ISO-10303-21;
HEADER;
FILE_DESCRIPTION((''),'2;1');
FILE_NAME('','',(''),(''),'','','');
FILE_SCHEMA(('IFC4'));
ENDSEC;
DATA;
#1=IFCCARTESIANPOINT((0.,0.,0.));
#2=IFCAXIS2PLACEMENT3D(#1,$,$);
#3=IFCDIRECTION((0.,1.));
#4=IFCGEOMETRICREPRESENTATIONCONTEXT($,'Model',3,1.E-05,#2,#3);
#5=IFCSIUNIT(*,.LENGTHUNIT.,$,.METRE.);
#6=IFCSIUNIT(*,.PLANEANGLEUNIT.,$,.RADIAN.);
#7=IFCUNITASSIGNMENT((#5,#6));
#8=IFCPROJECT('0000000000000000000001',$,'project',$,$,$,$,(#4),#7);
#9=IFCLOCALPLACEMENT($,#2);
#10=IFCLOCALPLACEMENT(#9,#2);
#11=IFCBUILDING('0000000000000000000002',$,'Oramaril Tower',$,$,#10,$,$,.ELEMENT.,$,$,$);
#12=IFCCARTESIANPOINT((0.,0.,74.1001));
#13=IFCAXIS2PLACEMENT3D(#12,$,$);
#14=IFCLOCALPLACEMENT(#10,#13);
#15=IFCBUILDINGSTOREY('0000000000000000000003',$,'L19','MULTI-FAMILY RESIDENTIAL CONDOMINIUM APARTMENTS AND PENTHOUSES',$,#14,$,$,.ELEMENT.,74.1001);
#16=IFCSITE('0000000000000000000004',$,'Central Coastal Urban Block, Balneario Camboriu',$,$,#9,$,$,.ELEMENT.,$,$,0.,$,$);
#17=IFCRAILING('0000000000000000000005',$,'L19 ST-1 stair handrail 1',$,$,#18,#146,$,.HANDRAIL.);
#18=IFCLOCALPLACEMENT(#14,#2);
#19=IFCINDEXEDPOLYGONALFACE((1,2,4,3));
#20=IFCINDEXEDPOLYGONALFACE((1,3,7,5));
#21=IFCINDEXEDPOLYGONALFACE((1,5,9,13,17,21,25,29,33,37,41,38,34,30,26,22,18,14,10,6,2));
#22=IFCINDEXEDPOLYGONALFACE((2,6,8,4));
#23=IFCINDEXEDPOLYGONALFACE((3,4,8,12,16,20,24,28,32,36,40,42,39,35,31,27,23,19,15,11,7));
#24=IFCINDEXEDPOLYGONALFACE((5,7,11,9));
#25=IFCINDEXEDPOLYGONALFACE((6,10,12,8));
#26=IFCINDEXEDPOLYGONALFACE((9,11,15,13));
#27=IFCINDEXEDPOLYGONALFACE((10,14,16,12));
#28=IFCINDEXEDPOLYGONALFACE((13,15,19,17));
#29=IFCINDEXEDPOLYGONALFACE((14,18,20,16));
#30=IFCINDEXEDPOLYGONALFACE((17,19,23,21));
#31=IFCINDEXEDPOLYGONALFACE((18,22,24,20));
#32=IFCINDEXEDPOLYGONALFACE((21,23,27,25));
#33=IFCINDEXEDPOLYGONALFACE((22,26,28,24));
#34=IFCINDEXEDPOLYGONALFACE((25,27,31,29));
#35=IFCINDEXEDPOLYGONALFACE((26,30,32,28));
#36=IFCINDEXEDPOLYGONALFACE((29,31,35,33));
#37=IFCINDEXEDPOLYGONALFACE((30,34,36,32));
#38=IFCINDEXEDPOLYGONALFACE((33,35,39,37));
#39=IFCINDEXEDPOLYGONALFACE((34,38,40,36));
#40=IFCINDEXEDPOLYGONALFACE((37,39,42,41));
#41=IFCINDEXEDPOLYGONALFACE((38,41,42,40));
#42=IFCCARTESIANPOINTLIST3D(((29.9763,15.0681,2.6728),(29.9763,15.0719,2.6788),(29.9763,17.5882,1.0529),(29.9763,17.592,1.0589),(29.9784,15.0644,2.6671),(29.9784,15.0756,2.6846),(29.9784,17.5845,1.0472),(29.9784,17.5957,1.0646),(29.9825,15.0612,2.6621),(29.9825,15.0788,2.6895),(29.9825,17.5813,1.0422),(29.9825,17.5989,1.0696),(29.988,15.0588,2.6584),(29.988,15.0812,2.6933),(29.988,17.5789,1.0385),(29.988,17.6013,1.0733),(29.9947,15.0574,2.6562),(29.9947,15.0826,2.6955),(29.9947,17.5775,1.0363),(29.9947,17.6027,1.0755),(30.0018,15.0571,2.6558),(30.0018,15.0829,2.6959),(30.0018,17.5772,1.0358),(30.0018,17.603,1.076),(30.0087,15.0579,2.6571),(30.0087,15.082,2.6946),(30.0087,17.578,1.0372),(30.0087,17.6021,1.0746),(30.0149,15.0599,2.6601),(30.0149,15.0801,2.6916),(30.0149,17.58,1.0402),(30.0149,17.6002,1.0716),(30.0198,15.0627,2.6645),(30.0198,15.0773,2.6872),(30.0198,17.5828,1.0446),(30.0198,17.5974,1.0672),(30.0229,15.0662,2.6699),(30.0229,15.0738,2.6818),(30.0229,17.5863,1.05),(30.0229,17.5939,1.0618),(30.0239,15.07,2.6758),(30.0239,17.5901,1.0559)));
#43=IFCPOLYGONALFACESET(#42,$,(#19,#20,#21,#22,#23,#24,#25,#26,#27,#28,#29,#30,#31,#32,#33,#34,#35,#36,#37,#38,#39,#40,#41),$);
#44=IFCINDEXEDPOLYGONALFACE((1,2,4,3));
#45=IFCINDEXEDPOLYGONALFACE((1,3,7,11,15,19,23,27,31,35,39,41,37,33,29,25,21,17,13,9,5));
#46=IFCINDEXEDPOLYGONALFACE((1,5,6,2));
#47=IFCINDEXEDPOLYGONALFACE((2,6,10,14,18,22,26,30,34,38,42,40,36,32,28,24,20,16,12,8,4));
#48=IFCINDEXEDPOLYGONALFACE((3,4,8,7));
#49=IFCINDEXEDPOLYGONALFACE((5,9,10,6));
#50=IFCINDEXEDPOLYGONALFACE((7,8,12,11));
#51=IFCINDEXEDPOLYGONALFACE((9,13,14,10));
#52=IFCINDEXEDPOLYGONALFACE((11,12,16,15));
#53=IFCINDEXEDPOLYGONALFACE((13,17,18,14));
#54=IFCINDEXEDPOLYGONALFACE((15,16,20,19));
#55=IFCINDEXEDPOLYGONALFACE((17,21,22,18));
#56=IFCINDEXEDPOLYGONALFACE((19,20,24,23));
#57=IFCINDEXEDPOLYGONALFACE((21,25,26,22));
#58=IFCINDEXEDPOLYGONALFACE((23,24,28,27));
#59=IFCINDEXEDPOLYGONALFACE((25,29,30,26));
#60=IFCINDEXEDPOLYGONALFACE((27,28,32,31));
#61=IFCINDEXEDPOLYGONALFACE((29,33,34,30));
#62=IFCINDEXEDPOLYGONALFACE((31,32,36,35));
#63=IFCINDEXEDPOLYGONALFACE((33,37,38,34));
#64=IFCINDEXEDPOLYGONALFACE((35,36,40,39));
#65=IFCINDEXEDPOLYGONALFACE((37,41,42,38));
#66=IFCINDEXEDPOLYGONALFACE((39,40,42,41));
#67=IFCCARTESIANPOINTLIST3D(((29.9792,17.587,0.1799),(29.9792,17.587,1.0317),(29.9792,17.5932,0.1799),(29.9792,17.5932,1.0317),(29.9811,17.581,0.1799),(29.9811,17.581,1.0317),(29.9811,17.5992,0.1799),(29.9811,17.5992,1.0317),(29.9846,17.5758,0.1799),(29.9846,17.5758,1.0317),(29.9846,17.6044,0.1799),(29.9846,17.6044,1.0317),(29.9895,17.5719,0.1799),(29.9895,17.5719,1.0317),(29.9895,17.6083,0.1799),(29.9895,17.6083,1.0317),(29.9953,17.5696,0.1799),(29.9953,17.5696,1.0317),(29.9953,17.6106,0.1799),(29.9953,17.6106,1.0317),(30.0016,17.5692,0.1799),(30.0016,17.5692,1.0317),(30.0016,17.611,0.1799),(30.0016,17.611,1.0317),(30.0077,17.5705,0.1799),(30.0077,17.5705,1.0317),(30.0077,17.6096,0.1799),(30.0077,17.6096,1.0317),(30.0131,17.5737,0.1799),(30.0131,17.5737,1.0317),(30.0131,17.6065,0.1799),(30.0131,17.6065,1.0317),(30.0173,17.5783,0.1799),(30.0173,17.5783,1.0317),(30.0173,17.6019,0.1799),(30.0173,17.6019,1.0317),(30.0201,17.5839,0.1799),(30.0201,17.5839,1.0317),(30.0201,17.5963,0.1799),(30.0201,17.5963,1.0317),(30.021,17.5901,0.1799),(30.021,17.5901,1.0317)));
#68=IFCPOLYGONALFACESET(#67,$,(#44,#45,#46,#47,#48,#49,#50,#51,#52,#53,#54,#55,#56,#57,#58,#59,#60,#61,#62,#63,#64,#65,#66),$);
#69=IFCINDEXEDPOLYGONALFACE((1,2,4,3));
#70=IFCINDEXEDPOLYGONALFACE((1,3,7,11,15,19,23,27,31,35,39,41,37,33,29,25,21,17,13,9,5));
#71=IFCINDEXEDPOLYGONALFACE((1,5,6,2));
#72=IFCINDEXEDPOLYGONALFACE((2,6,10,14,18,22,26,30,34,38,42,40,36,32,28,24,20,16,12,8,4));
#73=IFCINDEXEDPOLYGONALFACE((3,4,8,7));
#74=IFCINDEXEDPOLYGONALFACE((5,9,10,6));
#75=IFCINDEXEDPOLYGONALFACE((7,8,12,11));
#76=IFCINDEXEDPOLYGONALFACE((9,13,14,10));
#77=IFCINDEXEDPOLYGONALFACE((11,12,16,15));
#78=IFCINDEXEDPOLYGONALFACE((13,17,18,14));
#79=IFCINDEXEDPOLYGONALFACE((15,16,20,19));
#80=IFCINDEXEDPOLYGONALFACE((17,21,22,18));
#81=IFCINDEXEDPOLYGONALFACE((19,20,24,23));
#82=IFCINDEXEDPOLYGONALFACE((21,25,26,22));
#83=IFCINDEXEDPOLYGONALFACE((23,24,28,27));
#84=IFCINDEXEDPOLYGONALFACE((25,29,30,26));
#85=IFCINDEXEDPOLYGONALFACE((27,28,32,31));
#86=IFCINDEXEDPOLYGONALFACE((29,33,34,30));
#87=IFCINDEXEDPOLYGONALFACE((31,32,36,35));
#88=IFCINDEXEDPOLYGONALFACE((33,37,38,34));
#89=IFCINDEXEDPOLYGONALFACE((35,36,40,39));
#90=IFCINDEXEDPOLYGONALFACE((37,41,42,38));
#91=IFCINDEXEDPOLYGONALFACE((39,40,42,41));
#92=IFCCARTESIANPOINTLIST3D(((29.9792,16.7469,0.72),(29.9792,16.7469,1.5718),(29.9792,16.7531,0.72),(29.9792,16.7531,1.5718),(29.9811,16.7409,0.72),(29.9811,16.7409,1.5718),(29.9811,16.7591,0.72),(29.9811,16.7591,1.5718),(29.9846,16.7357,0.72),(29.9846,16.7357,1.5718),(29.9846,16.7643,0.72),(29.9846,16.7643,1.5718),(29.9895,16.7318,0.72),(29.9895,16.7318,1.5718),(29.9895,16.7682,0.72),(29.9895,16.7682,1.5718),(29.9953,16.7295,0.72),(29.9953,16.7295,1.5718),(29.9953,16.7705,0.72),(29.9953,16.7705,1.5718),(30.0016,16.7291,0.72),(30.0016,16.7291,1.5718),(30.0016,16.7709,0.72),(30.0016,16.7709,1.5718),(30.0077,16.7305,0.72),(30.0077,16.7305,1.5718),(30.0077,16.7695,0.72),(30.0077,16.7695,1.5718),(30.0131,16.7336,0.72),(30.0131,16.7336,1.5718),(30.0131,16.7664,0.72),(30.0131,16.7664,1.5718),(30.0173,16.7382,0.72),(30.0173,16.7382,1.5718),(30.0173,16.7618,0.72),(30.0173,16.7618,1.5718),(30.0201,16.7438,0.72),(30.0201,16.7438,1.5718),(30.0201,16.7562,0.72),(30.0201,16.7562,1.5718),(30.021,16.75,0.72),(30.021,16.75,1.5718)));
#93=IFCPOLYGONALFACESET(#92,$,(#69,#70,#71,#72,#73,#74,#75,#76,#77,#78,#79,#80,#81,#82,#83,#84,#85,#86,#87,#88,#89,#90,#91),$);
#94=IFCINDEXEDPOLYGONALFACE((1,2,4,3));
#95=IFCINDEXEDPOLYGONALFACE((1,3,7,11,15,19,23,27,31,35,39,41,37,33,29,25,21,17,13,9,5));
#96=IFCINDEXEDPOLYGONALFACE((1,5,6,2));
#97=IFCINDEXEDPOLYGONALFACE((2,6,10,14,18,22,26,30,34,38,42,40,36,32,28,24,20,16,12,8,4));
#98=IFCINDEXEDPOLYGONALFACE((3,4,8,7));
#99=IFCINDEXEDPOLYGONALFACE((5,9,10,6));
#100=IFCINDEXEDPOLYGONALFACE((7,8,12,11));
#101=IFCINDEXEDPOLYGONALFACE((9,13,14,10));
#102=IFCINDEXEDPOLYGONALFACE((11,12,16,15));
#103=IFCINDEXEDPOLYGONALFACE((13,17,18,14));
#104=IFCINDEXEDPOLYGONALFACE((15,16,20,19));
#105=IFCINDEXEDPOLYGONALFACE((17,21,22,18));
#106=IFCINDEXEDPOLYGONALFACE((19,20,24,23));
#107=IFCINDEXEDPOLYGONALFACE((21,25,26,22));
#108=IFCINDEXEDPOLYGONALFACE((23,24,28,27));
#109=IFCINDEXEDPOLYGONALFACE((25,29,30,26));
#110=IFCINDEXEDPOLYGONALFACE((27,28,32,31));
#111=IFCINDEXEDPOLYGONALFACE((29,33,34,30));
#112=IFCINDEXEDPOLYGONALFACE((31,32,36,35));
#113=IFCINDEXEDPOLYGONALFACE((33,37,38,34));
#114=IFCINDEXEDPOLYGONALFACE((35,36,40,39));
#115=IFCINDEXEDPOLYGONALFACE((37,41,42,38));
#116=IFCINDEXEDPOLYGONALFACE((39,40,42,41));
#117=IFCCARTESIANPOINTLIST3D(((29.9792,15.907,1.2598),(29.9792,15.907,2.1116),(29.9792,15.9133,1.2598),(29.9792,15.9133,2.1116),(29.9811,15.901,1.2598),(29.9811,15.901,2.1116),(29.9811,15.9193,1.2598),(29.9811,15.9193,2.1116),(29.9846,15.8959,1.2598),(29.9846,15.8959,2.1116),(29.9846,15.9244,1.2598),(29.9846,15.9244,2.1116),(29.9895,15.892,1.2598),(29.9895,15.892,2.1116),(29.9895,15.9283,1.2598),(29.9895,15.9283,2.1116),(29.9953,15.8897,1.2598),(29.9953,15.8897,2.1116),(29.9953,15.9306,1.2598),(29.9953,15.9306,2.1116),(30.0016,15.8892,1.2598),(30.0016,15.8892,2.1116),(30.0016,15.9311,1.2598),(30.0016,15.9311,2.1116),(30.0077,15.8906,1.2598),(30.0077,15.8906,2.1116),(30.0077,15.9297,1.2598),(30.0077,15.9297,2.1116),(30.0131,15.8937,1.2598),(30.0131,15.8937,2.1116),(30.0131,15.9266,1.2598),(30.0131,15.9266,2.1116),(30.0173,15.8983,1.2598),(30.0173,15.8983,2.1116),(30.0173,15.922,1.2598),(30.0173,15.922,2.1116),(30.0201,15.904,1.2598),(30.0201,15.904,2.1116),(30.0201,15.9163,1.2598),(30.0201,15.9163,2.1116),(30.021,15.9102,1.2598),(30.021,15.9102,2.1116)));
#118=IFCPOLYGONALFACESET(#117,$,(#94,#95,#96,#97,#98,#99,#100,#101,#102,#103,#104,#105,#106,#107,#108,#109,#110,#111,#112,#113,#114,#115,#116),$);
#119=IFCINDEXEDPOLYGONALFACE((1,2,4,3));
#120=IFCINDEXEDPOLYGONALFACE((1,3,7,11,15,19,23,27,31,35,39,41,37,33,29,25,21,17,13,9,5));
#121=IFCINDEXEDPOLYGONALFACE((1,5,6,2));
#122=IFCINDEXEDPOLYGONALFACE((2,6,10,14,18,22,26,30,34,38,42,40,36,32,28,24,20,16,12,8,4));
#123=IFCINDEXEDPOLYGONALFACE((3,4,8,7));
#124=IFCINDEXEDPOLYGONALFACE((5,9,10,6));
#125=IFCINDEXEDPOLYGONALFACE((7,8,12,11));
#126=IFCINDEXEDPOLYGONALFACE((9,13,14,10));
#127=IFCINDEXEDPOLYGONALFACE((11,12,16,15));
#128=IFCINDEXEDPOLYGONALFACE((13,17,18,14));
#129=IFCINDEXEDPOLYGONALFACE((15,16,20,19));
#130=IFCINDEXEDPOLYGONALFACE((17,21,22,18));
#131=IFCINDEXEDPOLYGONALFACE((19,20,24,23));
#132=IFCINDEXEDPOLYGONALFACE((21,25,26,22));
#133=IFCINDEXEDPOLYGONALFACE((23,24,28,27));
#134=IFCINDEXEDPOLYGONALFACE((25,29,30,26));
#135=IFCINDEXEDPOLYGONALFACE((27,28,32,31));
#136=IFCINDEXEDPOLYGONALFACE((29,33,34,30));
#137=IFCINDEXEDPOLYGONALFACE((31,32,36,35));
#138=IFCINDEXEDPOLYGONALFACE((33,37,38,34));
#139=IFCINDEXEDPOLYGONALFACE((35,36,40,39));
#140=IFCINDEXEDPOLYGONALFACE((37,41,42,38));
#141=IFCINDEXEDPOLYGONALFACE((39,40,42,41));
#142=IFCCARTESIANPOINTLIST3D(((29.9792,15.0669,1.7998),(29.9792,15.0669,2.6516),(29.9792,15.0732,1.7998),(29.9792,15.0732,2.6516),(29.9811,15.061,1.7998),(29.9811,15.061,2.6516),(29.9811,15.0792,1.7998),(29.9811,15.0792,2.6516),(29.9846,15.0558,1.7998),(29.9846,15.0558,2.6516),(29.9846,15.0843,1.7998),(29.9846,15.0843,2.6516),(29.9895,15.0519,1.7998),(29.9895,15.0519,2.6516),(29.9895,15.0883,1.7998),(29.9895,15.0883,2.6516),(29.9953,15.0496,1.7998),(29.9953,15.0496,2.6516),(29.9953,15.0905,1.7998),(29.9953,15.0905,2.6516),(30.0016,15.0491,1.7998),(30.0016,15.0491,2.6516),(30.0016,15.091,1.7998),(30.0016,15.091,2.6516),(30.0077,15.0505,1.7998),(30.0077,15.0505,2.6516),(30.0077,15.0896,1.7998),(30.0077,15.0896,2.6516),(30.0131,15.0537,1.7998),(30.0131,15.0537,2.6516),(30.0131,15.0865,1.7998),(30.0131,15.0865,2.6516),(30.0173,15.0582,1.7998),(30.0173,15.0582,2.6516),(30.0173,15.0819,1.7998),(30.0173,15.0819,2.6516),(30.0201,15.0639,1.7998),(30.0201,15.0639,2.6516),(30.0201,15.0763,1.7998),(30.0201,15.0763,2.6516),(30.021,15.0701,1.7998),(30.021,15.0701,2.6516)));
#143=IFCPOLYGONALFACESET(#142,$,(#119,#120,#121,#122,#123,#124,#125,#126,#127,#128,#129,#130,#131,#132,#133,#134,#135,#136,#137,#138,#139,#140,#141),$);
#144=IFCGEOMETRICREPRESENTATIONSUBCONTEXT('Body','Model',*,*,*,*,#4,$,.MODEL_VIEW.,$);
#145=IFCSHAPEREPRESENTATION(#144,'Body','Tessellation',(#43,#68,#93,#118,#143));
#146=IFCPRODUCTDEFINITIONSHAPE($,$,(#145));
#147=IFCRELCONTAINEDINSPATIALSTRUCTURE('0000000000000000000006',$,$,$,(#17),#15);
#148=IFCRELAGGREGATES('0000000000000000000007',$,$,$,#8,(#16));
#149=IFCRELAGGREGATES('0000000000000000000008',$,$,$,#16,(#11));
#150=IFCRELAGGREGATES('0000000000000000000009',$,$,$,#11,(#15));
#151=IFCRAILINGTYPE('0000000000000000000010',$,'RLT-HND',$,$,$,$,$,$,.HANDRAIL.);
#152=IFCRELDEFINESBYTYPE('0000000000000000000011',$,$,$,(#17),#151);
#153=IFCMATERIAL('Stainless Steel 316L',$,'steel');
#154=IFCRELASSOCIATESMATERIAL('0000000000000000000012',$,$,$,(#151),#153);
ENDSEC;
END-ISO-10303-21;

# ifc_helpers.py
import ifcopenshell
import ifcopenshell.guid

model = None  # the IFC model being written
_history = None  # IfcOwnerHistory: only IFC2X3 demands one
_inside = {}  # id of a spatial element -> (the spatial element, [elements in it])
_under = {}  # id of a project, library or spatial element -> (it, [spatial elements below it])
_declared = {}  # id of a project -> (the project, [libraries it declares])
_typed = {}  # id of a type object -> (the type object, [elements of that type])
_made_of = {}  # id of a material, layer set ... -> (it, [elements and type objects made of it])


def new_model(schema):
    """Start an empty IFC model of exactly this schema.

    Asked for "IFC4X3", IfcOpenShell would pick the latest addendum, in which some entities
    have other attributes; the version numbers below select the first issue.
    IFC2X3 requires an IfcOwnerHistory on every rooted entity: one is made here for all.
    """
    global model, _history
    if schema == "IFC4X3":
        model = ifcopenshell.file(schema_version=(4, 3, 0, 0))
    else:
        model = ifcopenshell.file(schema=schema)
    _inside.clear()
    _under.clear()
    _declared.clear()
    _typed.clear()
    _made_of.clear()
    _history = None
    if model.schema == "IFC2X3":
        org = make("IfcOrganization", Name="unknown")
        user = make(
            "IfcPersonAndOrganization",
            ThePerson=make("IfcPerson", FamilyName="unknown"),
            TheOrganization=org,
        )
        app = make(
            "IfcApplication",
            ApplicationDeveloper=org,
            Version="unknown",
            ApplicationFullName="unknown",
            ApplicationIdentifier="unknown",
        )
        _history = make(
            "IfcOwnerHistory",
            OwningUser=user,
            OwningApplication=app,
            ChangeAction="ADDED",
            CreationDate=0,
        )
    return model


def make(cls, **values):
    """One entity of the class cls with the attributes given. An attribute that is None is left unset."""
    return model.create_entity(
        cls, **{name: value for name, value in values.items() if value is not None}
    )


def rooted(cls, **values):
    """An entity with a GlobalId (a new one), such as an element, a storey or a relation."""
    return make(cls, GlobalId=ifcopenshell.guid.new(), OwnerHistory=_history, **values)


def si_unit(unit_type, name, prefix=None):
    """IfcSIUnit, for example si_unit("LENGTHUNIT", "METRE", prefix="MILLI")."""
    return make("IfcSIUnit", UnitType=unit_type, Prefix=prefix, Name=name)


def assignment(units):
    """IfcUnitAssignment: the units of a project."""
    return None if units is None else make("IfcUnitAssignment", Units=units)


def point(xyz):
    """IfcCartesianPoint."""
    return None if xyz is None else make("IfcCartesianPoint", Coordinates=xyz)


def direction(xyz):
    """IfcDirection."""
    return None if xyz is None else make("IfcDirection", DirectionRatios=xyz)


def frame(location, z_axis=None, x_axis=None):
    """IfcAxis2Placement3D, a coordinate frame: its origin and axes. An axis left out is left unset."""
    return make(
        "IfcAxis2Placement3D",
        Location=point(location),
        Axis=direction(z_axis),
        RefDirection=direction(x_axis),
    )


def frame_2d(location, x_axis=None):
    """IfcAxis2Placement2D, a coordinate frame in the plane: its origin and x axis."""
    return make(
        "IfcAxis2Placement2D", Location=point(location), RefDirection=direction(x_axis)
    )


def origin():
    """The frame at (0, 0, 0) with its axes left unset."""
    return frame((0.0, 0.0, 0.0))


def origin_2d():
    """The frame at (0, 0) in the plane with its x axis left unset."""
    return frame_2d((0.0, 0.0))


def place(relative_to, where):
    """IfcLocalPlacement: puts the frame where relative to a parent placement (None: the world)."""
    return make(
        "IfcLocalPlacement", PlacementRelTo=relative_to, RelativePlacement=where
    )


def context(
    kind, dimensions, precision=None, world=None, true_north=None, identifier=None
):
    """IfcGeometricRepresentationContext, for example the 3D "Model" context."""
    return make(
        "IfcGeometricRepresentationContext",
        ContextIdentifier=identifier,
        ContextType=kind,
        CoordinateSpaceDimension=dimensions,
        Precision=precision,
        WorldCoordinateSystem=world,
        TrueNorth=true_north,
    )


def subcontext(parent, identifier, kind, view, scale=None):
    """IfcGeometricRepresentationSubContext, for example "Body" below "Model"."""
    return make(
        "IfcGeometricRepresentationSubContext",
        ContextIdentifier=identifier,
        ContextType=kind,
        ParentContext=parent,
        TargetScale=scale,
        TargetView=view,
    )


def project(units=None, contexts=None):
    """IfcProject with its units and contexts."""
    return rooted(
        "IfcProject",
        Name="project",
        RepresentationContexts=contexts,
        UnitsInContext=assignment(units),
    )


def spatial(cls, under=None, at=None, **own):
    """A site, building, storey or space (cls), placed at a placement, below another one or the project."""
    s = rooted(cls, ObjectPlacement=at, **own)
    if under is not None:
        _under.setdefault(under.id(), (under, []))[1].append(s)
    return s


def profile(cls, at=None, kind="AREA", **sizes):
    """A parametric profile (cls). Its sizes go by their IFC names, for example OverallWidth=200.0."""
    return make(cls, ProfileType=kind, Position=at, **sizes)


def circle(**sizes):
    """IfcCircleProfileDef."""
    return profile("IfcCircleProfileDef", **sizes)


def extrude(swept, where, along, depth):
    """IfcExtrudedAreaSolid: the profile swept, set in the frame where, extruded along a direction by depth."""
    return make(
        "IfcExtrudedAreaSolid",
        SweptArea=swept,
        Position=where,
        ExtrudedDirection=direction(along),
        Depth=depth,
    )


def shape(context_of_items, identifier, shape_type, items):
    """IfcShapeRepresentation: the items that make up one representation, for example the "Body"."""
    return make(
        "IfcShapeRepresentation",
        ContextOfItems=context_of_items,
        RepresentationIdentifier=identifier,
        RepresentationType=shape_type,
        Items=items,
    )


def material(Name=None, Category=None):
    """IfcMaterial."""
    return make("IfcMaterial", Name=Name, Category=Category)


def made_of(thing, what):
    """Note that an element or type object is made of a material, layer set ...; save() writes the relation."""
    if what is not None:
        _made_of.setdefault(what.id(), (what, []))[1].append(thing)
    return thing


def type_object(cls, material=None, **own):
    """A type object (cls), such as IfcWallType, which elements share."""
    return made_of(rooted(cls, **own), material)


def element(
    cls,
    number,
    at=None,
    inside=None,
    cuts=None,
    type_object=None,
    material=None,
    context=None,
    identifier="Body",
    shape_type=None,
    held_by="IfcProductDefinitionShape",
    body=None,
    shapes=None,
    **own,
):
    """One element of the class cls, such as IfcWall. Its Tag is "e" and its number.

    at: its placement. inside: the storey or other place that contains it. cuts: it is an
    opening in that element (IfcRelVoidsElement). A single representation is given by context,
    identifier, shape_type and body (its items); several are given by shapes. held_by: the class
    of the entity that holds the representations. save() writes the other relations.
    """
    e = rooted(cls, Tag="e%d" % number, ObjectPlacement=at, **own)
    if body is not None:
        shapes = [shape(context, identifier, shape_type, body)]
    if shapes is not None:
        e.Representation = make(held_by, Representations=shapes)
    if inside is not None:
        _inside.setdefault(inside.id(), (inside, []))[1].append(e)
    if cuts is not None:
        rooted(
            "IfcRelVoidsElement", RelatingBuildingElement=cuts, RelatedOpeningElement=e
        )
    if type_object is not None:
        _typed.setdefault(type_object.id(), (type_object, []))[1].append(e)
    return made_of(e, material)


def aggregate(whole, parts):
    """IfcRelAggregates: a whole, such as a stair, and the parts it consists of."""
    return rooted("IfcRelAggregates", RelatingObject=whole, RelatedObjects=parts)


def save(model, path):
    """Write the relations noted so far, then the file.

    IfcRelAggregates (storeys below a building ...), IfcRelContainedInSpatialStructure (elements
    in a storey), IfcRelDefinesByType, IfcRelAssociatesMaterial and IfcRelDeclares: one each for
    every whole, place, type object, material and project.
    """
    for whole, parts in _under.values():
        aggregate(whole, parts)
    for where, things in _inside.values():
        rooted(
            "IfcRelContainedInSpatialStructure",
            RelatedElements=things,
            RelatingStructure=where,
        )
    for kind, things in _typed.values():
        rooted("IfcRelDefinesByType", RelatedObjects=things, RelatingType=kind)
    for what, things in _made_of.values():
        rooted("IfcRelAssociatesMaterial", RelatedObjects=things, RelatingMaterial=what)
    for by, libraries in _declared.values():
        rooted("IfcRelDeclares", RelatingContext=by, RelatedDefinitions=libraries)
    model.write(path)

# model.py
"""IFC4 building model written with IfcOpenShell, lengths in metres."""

from ifc_helpers import new_model, si_unit, direction, frame, origin, origin_2d, place, context, subcontext, project, spatial, circle, extrude, material, type_object, element, save


model = new_model("IFC4")

# Units and contexts
model_context = context("Model", 3, precision=1e-05, world=origin(), true_north=direction((0.0, 1.0)))
body_context = subcontext(model_context, "Body", "Model", "MODEL_VIEW")
ifc_project = project(units=[si_unit("LENGTHUNIT", "METRE"), si_unit("PLANEANGLEUNIT", "RADIAN")], contexts=[model_context])

# Site, building, storey
site_placement = place(None, origin())
site = spatial("IfcSite", under=ifc_project, at=site_placement, Name="Central Coastal Urban Block, Balneario Camboriu", CompositionType="ELEMENT", RefElevation=0.0)
building_placement = place(site_placement, origin())
building = spatial("IfcBuilding", under=site, at=building_placement, Name="Oramaril Tower", CompositionType="ELEMENT")
storey_placement = place(building_placement, frame((0.0, 0.0, 74.1001)))
storey = spatial("IfcBuildingStorey", under=building, at=storey_placement, Name="L19", Description="MULTI-FAMILY RESIDENTIAL CONDOMINIUM APARTMENTS AND PENTHOUSES", CompositionType="ELEMENT", Elevation=74.1001)

# Railing
ifc_material_1 = material(Name="Stainless Steel 316L", Category="steel")
railing_type_1 = type_object("IfcRailingType", Name="RLT-HND", PredefinedType="HANDRAIL", material=ifc_material_1)
railing_1_placement = place(storey_placement, frame((30.0, 17.5901, 0.1799)))
element("IfcRailing", 1, at=railing_1_placement, inside=storey, type_object=railing_type_1, Name="L19 ST-1 stair handrail 1", PredefinedType="HANDRAIL", context=body_context, shape_type="SweptSolid", body=[
    extrude(circle(Radius=0.0239, at=origin_2d()), frame((0.0, 0.0, 0.876), z_axis=(0.0, -0.8412, 0.540725), x_axis=(1.0, 0.0, 0.0)), (0.0, 0.0, 1.0), 2.9958),
    extrude(circle(Radius=0.021, at=origin_2d()), origin(), (0.0, 0.0, 1.0), 0.8518),
    extrude(circle(Radius=0.021, at=origin_2d()), frame((0.0, -0.8401, 0.54)), (0.0, 0.0, 1.0), 0.8518),
    extrude(circle(Radius=0.021, at=origin_2d()), frame((0.0, -1.6799, 1.0798)), (0.0, 0.0, 1.0), 0.8518),
    extrude(circle(Radius=0.021, at=origin_2d()), frame((0.0, -2.52, 1.6199)), (0.0, 0.0, 1.0), 0.8518),
])

save(model, "model.ifc")
